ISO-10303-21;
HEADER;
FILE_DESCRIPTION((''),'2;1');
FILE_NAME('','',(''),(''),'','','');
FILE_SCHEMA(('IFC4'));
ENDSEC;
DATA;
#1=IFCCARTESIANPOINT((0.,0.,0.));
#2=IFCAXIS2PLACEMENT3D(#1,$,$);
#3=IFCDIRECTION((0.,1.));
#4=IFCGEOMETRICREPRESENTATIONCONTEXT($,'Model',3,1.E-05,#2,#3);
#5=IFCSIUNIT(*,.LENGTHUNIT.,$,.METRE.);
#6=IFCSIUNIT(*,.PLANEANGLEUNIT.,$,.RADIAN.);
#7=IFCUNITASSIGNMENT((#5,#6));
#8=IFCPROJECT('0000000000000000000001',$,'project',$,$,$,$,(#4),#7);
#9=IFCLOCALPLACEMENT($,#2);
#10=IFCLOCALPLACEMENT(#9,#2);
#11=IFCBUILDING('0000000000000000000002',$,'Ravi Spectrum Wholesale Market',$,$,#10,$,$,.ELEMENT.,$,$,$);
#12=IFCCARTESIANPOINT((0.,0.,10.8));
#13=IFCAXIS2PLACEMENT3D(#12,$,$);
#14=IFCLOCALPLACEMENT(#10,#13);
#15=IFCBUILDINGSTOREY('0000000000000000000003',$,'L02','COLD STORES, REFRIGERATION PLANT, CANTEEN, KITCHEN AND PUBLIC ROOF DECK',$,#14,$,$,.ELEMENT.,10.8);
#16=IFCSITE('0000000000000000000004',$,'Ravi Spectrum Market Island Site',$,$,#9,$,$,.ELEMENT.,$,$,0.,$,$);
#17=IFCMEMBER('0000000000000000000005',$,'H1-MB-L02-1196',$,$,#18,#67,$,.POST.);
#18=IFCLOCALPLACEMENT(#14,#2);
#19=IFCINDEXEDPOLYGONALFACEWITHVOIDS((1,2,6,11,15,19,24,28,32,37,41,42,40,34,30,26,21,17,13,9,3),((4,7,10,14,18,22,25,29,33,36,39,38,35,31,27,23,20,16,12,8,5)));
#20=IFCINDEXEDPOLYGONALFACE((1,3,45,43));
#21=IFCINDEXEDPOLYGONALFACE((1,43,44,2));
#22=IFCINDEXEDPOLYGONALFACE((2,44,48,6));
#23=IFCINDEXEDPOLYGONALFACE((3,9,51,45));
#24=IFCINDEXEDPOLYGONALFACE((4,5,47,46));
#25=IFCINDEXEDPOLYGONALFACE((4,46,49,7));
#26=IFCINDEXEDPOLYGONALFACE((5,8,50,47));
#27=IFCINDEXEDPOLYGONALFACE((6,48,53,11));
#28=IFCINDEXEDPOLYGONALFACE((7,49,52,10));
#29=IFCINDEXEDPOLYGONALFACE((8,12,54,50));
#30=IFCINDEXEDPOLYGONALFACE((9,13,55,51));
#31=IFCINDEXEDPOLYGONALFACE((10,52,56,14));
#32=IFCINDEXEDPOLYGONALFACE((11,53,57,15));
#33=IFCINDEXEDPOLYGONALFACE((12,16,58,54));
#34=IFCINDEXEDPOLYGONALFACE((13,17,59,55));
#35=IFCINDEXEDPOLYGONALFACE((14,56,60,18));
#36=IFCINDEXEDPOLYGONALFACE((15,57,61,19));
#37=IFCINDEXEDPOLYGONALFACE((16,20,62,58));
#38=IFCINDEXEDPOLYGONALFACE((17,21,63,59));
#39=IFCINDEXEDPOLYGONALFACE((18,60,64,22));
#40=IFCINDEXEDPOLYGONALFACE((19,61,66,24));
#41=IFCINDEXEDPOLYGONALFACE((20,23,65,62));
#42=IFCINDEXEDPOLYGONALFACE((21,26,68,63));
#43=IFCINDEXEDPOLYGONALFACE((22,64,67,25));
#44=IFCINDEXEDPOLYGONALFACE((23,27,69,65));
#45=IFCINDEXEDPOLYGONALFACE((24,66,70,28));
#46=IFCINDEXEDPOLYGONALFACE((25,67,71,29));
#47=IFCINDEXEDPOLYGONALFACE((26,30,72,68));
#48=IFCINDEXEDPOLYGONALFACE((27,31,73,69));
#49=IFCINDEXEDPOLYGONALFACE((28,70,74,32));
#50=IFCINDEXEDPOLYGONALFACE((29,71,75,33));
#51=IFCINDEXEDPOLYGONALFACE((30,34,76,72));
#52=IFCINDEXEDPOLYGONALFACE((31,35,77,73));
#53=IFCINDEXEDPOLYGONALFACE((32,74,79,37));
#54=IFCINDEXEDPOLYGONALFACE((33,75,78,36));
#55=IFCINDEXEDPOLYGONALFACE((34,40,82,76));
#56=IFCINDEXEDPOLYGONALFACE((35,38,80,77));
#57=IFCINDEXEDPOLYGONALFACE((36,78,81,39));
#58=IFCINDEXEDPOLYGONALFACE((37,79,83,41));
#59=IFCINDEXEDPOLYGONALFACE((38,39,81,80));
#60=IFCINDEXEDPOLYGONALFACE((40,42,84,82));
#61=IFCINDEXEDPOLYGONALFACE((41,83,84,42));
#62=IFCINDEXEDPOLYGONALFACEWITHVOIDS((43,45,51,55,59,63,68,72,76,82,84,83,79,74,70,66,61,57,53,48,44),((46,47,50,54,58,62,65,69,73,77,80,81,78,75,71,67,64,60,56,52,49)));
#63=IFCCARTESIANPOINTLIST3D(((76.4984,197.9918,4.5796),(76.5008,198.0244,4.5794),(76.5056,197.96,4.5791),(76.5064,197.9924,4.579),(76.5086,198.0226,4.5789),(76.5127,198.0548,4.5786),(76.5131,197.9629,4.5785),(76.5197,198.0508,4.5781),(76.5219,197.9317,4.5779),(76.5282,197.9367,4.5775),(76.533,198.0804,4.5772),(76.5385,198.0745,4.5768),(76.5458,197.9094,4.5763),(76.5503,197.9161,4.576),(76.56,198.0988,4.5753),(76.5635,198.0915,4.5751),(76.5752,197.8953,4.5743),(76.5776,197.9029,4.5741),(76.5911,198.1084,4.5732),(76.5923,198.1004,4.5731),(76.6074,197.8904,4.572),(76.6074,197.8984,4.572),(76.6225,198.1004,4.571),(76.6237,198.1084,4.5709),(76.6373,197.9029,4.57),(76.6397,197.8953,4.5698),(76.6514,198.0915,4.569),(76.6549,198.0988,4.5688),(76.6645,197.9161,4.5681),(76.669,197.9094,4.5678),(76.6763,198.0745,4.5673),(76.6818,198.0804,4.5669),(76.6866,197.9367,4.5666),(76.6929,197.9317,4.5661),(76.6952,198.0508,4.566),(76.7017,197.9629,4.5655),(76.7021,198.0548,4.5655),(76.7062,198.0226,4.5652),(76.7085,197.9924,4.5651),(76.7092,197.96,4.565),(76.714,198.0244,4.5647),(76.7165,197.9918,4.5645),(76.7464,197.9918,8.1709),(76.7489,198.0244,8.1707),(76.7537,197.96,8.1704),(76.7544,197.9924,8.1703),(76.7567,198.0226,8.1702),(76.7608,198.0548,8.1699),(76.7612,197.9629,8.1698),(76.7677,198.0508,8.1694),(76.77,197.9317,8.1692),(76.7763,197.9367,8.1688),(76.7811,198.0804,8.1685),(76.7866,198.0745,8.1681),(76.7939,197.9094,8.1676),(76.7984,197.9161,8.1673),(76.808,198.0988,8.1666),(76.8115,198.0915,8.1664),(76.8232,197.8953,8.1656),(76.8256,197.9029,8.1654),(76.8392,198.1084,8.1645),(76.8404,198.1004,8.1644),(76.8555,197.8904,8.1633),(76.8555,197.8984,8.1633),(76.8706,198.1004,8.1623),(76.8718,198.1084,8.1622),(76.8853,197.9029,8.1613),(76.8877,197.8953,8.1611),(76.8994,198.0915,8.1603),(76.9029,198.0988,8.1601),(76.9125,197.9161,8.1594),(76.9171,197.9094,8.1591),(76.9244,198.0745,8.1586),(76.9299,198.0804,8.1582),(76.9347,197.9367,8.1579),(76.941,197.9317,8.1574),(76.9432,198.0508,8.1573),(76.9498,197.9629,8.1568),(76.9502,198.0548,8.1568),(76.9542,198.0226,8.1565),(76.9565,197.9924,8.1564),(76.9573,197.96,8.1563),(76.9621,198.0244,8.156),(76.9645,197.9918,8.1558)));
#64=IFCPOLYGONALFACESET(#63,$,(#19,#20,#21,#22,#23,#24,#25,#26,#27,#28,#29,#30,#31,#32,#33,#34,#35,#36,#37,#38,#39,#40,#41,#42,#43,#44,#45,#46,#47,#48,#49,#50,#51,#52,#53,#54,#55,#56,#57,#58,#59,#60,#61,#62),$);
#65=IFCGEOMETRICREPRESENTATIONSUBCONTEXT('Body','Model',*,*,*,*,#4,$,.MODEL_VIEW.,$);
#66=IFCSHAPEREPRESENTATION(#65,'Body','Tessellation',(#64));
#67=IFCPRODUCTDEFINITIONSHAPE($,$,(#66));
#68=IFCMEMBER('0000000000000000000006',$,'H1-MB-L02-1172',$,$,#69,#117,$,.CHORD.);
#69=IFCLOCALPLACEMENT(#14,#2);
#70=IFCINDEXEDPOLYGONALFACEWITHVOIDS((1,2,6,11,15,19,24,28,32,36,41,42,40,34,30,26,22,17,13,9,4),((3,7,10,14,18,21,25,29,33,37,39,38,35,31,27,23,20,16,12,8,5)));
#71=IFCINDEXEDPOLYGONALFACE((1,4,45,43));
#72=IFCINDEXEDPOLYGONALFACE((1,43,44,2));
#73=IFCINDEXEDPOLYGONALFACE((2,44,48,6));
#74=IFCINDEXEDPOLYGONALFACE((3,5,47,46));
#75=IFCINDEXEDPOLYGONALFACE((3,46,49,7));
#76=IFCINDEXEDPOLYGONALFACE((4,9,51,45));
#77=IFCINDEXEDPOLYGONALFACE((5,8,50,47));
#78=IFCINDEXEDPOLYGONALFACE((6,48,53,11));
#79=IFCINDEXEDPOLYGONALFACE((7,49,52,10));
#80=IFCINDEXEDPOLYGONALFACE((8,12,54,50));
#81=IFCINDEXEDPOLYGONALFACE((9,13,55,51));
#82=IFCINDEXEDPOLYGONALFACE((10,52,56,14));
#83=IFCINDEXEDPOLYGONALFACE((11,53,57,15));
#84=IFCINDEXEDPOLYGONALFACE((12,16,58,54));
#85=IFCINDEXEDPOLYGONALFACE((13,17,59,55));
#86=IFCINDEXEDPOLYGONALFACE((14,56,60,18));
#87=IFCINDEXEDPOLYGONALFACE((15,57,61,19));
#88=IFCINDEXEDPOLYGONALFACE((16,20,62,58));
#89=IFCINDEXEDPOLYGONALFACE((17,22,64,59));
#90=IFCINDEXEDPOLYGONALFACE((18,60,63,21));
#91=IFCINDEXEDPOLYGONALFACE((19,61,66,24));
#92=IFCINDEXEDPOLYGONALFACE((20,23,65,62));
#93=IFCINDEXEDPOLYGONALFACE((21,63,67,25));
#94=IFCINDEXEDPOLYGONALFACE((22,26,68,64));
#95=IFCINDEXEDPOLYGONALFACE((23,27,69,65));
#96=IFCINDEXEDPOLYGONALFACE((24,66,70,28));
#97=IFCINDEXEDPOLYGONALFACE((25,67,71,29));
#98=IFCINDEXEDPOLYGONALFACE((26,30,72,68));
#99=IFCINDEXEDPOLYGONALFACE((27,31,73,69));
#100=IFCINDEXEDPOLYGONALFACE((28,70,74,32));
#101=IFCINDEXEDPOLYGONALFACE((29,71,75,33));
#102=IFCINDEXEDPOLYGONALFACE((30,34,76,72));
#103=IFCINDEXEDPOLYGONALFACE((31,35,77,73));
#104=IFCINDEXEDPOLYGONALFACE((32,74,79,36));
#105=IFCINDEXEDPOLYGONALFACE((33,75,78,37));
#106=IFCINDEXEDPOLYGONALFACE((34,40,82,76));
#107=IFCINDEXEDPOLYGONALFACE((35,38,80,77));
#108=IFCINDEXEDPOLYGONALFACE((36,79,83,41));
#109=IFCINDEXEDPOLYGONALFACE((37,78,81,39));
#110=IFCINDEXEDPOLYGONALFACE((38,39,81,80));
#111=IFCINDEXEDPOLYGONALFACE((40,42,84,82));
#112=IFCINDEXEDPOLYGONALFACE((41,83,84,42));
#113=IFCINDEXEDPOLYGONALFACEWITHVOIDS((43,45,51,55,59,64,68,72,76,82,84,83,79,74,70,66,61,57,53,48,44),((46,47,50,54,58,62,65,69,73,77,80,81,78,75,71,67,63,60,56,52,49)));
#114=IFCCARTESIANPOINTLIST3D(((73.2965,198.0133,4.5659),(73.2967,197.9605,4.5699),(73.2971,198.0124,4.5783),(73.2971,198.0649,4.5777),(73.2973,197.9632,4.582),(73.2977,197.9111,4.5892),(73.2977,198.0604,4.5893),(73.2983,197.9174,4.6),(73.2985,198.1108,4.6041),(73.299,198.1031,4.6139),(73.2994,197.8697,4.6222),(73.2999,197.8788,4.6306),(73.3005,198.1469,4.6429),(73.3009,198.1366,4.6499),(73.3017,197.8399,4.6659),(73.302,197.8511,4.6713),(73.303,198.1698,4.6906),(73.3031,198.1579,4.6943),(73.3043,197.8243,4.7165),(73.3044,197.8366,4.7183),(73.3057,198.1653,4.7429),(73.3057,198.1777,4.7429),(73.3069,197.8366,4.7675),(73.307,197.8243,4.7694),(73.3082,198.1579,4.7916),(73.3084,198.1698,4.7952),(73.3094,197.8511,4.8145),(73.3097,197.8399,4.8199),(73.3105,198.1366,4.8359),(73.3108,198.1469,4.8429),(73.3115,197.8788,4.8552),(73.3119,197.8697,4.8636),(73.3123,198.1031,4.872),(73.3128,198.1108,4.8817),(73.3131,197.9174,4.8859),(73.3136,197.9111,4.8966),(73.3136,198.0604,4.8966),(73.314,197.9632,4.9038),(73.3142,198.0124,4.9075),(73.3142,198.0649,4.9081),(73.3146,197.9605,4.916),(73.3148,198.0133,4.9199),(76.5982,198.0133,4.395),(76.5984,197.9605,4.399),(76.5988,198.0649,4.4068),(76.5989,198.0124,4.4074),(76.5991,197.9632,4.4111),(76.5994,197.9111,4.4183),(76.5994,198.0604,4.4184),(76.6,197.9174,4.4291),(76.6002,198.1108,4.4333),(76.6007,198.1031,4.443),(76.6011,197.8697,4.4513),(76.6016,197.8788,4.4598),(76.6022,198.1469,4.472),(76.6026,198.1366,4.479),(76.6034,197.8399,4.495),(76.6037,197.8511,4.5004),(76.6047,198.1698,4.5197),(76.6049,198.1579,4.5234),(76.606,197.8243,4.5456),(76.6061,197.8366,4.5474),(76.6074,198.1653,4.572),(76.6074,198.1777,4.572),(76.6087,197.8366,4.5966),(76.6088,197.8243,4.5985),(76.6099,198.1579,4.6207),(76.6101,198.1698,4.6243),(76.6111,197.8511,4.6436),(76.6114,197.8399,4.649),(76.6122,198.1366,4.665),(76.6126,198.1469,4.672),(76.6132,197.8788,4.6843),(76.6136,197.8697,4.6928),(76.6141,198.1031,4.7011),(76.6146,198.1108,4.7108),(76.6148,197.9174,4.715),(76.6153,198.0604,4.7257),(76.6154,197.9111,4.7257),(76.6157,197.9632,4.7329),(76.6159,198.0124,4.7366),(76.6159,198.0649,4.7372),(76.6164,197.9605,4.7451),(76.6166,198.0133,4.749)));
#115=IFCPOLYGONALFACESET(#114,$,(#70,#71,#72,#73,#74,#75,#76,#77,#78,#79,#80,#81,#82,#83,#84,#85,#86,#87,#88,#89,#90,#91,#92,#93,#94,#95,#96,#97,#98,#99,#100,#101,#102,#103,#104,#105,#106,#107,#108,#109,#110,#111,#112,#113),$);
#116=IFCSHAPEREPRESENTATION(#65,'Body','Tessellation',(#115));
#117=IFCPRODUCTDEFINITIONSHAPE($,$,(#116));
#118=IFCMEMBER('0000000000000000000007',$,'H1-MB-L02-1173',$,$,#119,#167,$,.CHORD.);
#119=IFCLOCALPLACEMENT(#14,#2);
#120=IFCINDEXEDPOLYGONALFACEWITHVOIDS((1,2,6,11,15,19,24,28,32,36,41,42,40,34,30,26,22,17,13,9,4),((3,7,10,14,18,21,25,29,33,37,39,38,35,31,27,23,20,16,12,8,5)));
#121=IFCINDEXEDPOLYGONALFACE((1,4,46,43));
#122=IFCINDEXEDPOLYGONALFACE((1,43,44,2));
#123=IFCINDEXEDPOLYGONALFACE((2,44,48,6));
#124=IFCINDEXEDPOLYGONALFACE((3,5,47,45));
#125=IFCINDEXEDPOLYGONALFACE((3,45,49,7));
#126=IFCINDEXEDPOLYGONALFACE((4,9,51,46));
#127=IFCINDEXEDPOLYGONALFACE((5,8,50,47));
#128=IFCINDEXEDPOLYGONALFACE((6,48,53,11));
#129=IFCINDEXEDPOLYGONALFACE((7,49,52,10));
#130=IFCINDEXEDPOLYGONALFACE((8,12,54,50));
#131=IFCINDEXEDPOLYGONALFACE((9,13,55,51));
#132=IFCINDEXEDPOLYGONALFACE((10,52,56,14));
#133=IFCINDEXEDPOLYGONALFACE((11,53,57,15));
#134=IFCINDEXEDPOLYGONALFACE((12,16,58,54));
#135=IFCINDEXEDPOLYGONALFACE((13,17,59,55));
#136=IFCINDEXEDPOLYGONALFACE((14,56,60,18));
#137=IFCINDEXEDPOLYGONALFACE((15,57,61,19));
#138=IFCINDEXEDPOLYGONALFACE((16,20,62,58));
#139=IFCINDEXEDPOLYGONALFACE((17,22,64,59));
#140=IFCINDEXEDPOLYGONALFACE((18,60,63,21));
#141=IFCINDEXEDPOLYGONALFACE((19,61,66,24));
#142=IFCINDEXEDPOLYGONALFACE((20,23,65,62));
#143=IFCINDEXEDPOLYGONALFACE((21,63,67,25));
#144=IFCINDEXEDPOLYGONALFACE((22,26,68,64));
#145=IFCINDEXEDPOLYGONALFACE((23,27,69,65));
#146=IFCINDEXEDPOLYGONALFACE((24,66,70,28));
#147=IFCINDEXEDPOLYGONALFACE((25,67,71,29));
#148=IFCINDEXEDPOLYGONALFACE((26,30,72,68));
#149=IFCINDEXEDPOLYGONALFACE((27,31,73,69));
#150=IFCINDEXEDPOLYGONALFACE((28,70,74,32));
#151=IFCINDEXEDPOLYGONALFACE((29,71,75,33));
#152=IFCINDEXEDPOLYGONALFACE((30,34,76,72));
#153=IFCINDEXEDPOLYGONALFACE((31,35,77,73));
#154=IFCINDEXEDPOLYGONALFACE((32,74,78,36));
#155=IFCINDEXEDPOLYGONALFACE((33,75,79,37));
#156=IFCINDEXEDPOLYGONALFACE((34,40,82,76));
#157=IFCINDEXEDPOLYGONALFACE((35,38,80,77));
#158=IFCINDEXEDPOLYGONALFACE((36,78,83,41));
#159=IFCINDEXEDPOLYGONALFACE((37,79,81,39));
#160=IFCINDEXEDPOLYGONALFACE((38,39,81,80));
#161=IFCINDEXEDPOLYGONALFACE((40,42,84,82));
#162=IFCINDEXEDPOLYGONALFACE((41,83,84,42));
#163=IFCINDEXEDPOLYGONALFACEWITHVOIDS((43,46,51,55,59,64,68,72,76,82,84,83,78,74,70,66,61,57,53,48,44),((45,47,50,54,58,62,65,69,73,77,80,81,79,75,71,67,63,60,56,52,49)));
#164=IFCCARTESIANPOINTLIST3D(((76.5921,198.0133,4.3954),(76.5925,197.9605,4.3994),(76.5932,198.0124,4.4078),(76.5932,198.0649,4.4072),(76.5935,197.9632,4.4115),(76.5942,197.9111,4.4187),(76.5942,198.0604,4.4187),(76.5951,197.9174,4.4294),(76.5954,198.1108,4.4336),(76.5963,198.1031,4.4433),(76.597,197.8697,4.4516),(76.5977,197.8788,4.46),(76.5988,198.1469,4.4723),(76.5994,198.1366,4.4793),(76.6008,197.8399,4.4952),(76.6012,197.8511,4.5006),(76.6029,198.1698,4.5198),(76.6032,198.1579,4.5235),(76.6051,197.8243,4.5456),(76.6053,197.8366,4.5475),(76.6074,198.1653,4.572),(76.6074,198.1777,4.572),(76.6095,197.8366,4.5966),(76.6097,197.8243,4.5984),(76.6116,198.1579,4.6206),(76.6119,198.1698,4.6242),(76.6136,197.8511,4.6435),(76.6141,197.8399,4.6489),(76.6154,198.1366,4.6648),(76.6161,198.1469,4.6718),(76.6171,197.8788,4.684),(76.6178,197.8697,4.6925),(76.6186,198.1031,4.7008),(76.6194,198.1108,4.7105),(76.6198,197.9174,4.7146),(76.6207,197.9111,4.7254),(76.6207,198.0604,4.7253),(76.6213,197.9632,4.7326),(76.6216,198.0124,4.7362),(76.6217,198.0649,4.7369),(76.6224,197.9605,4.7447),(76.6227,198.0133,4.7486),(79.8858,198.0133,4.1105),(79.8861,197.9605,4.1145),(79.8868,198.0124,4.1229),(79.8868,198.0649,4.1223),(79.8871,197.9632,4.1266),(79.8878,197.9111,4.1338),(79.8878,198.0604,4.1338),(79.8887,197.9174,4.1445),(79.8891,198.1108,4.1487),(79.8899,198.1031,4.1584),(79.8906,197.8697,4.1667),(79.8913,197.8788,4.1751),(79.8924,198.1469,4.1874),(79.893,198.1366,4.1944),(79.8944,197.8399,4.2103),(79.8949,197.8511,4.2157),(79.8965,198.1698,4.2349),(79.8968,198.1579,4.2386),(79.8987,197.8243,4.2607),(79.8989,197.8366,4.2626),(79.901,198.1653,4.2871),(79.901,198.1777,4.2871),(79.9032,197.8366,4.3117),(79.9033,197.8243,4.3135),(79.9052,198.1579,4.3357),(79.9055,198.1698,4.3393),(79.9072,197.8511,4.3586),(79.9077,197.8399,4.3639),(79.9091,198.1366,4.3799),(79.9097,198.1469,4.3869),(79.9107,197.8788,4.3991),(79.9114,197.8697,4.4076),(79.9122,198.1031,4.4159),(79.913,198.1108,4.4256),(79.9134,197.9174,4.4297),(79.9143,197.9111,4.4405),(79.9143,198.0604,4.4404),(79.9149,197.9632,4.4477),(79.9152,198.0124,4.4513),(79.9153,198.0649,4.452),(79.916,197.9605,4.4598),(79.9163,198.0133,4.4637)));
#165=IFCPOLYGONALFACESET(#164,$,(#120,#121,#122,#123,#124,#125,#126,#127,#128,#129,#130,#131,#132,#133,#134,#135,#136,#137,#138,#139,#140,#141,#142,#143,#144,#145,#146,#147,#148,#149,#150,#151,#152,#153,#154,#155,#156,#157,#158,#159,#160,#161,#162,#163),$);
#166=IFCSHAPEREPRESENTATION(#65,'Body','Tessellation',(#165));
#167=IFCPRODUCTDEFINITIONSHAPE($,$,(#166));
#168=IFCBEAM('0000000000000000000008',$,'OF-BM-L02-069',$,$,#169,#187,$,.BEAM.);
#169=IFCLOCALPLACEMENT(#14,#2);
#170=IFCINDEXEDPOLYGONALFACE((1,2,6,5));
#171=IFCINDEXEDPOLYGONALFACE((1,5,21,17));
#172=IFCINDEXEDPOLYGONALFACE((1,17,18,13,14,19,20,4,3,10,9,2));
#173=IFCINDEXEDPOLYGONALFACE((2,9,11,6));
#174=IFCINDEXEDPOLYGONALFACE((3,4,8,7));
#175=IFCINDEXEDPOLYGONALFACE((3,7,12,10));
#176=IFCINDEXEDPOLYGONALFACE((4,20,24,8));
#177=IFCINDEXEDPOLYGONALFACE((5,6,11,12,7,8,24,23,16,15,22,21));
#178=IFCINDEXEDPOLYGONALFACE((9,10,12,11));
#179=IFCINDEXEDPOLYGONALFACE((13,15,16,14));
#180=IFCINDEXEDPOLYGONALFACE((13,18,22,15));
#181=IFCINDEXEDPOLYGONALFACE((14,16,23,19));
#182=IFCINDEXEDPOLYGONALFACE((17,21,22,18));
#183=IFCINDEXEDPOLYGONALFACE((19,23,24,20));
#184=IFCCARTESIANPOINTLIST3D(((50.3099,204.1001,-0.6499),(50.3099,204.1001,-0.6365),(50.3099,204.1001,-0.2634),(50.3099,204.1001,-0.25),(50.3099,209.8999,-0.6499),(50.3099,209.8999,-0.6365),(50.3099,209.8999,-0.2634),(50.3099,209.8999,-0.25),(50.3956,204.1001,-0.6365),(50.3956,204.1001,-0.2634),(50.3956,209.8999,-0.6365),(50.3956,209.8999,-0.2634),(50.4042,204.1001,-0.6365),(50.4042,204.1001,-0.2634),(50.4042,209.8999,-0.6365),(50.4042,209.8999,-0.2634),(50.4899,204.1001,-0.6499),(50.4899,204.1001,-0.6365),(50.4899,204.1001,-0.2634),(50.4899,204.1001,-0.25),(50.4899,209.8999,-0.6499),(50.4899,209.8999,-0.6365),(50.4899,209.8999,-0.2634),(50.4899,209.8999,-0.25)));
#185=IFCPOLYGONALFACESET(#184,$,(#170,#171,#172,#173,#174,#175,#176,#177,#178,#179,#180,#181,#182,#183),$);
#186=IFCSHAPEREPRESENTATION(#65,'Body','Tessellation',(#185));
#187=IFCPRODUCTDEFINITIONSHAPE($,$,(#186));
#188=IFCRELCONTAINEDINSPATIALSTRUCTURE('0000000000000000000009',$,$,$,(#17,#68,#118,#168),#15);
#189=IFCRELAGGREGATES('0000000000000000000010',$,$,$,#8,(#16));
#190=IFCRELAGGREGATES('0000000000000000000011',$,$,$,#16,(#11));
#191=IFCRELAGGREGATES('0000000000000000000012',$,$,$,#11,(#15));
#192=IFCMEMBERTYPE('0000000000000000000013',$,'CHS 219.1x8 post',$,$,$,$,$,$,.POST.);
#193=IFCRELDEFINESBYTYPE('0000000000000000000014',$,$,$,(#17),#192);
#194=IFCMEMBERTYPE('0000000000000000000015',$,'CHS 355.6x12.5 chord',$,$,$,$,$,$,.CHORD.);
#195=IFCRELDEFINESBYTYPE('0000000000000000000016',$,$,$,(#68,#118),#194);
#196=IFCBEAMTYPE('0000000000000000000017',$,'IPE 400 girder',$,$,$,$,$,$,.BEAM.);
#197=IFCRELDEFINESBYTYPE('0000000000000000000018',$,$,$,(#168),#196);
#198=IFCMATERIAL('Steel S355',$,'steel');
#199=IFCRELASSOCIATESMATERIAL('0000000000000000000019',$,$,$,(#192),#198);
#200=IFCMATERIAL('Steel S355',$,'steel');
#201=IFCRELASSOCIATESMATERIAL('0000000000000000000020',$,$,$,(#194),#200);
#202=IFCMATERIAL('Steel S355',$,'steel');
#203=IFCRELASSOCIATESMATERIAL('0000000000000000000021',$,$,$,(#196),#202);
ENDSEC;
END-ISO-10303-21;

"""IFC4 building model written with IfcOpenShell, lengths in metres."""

from ifc_helpers import new_model, si_unit, direction, frame, origin, origin_2d, place, context, subcontext, project, spatial, hollow_circle, i_section, extrude, material, material_profile, profile_set, type_object, element, save


model = new_model("IFC4")

# Units and contexts
model_context = context("Model", 3, precision=1e-05, world=origin(), true_north=direction((0.0, 1.0)))
body_context = subcontext(model_context, "Body", "Model", "MODEL_VIEW")
ifc_project = project(units=[si_unit("LENGTHUNIT", "METRE"), si_unit("PLANEANGLEUNIT", "RADIAN")], contexts=[model_context])

# Site, building, storey
site_placement = place(None, origin())
site = spatial("IfcSite", under=ifc_project, at=site_placement, Name="Ravi Spectrum Market Island Site", CompositionType="ELEMENT", RefElevation=0.0)
building_placement = place(site_placement, origin())
building = spatial("IfcBuilding", under=site, at=building_placement, Name="Ravi Spectrum Wholesale Market", CompositionType="ELEMENT")
storey_placement = place(building_placement, frame((0.0, 0.0, 10.8)))
storey = spatial("IfcBuildingStorey", under=building, at=storey_placement, Name="L02", Description="COLD STORES, REFRIGERATION PLANT, CANTEEN, KITCHEN AND PUBLIC ROOF DECK", CompositionType="ELEMENT", Elevation=10.8)

# Members
ifc_material_1 = material(Name="Steel S355", Category="steel")
ifc_material_profile_1 = material_profile(ifc_material_1, hollow_circle(Radius=0.1096, WallThickness=0.0081, at=origin_2d()))
ifc_profile_set_1 = profile_set([ifc_material_profile_1], Name="Steel S355")
member_type_1 = type_object("IfcMemberType", Name="CHS 219.1x8 post", PredefinedType="POST", material=ifc_profile_set_1)
member_1_placement = place(storey_placement, frame((76.8555, 198.0, 8.1633), z_axis=(-0.068905, 0.0, -0.997623), x_axis=(0.0, -1.0, 0.0)))
element("IfcMember", 1, at=member_1_placement, inside=storey, type_object=member_type_1, Name="H1-MB-L02-1196", PredefinedType="POST", context=body_context, shape_type="SweptSolid", body=[
    extrude(hollow_circle(Radius=0.1096, WallThickness=0.0081, at=origin_2d()), origin(), (0.0, 0.0, 1.0), 3.5999),
])
ifc_material_2 = material(Name="Steel S355", Category="steel")
ifc_material_profile_2 = material_profile(ifc_material_2, hollow_circle(Radius=0.1777, WallThickness=0.0125, at=origin_2d()))
ifc_profile_set_2 = profile_set([ifc_material_profile_2], Name="Steel S355")
member_type_2 = type_object("IfcMemberType", Name="CHS 355.6x12.5 chord", PredefinedType="CHORD", material=ifc_profile_set_2)
member_2_placement = place(storey_placement, frame((73.3057, 198.0, 4.7429), z_axis=(0.998663, 0.0, -0.051691), x_axis=(0.0, 1.0, 0.0)))
element("IfcMember", 2, at=member_2_placement, inside=storey, type_object=member_type_2, Name="H1-MB-L02-1172", PredefinedType="CHORD", context=body_context, shape_type="SweptSolid", body=[
    extrude(hollow_circle(Radius=0.1777, WallThickness=0.0125, at=origin_2d()), origin(), (0.0, 0.0, 1.0), 3.3062),
])
member_3_placement = place(storey_placement, frame((76.6074, 198.0, 4.572), z_axis=(0.99628, 0.0, -0.08618), x_axis=(0.0, 1.0, 0.0)))
element("IfcMember", 3, at=member_3_placement, inside=storey, type_object=member_type_2, Name="H1-MB-L02-1173", PredefinedType="CHORD", context=body_context, shape_type="SweptSolid", body=[
    extrude(hollow_circle(Radius=0.1777, WallThickness=0.0125, at=origin_2d()), origin(), (0.0, 0.0, 1.0), 3.3059),
])

# Beam
ifc_material_3 = material(Name="Steel S355", Category="steel")
ifc_material_profile_3 = material_profile(ifc_material_3, i_section(OverallWidth=0.1799, OverallDepth=0.3999, WebThickness=0.0085, FlangeThickness=0.0134, at=origin_2d()))
ifc_profile_set_3 = profile_set([ifc_material_profile_3], Name="Steel S355")
beam_type_1 = type_object("IfcBeamType", Name="IPE 400 girder", PredefinedType="BEAM", material=ifc_profile_set_3)
for number, where, z_axis, x_axis, name in (
    (4, (50.3999, 204.1001, -0.45), (0.0, 1.0, 0.0), (-1.0, 0.0, 0.0), "OF-BM-L02-069"),
):
    element("IfcBeam", number, at=place(storey_placement, frame(where, z_axis=z_axis, x_axis=x_axis)), inside=storey, type_object=beam_type_1, Name=name, PredefinedType="BEAM", context=body_context, shape_type="SweptSolid", body=[
        extrude(i_section(OverallWidth=0.1799, OverallDepth=0.3999, WebThickness=0.0085, FlangeThickness=0.0134, at=origin_2d()), origin(), (0.0, 0.0, 1.0), 5.7998),
    ])

save(model, "model.ifc")
